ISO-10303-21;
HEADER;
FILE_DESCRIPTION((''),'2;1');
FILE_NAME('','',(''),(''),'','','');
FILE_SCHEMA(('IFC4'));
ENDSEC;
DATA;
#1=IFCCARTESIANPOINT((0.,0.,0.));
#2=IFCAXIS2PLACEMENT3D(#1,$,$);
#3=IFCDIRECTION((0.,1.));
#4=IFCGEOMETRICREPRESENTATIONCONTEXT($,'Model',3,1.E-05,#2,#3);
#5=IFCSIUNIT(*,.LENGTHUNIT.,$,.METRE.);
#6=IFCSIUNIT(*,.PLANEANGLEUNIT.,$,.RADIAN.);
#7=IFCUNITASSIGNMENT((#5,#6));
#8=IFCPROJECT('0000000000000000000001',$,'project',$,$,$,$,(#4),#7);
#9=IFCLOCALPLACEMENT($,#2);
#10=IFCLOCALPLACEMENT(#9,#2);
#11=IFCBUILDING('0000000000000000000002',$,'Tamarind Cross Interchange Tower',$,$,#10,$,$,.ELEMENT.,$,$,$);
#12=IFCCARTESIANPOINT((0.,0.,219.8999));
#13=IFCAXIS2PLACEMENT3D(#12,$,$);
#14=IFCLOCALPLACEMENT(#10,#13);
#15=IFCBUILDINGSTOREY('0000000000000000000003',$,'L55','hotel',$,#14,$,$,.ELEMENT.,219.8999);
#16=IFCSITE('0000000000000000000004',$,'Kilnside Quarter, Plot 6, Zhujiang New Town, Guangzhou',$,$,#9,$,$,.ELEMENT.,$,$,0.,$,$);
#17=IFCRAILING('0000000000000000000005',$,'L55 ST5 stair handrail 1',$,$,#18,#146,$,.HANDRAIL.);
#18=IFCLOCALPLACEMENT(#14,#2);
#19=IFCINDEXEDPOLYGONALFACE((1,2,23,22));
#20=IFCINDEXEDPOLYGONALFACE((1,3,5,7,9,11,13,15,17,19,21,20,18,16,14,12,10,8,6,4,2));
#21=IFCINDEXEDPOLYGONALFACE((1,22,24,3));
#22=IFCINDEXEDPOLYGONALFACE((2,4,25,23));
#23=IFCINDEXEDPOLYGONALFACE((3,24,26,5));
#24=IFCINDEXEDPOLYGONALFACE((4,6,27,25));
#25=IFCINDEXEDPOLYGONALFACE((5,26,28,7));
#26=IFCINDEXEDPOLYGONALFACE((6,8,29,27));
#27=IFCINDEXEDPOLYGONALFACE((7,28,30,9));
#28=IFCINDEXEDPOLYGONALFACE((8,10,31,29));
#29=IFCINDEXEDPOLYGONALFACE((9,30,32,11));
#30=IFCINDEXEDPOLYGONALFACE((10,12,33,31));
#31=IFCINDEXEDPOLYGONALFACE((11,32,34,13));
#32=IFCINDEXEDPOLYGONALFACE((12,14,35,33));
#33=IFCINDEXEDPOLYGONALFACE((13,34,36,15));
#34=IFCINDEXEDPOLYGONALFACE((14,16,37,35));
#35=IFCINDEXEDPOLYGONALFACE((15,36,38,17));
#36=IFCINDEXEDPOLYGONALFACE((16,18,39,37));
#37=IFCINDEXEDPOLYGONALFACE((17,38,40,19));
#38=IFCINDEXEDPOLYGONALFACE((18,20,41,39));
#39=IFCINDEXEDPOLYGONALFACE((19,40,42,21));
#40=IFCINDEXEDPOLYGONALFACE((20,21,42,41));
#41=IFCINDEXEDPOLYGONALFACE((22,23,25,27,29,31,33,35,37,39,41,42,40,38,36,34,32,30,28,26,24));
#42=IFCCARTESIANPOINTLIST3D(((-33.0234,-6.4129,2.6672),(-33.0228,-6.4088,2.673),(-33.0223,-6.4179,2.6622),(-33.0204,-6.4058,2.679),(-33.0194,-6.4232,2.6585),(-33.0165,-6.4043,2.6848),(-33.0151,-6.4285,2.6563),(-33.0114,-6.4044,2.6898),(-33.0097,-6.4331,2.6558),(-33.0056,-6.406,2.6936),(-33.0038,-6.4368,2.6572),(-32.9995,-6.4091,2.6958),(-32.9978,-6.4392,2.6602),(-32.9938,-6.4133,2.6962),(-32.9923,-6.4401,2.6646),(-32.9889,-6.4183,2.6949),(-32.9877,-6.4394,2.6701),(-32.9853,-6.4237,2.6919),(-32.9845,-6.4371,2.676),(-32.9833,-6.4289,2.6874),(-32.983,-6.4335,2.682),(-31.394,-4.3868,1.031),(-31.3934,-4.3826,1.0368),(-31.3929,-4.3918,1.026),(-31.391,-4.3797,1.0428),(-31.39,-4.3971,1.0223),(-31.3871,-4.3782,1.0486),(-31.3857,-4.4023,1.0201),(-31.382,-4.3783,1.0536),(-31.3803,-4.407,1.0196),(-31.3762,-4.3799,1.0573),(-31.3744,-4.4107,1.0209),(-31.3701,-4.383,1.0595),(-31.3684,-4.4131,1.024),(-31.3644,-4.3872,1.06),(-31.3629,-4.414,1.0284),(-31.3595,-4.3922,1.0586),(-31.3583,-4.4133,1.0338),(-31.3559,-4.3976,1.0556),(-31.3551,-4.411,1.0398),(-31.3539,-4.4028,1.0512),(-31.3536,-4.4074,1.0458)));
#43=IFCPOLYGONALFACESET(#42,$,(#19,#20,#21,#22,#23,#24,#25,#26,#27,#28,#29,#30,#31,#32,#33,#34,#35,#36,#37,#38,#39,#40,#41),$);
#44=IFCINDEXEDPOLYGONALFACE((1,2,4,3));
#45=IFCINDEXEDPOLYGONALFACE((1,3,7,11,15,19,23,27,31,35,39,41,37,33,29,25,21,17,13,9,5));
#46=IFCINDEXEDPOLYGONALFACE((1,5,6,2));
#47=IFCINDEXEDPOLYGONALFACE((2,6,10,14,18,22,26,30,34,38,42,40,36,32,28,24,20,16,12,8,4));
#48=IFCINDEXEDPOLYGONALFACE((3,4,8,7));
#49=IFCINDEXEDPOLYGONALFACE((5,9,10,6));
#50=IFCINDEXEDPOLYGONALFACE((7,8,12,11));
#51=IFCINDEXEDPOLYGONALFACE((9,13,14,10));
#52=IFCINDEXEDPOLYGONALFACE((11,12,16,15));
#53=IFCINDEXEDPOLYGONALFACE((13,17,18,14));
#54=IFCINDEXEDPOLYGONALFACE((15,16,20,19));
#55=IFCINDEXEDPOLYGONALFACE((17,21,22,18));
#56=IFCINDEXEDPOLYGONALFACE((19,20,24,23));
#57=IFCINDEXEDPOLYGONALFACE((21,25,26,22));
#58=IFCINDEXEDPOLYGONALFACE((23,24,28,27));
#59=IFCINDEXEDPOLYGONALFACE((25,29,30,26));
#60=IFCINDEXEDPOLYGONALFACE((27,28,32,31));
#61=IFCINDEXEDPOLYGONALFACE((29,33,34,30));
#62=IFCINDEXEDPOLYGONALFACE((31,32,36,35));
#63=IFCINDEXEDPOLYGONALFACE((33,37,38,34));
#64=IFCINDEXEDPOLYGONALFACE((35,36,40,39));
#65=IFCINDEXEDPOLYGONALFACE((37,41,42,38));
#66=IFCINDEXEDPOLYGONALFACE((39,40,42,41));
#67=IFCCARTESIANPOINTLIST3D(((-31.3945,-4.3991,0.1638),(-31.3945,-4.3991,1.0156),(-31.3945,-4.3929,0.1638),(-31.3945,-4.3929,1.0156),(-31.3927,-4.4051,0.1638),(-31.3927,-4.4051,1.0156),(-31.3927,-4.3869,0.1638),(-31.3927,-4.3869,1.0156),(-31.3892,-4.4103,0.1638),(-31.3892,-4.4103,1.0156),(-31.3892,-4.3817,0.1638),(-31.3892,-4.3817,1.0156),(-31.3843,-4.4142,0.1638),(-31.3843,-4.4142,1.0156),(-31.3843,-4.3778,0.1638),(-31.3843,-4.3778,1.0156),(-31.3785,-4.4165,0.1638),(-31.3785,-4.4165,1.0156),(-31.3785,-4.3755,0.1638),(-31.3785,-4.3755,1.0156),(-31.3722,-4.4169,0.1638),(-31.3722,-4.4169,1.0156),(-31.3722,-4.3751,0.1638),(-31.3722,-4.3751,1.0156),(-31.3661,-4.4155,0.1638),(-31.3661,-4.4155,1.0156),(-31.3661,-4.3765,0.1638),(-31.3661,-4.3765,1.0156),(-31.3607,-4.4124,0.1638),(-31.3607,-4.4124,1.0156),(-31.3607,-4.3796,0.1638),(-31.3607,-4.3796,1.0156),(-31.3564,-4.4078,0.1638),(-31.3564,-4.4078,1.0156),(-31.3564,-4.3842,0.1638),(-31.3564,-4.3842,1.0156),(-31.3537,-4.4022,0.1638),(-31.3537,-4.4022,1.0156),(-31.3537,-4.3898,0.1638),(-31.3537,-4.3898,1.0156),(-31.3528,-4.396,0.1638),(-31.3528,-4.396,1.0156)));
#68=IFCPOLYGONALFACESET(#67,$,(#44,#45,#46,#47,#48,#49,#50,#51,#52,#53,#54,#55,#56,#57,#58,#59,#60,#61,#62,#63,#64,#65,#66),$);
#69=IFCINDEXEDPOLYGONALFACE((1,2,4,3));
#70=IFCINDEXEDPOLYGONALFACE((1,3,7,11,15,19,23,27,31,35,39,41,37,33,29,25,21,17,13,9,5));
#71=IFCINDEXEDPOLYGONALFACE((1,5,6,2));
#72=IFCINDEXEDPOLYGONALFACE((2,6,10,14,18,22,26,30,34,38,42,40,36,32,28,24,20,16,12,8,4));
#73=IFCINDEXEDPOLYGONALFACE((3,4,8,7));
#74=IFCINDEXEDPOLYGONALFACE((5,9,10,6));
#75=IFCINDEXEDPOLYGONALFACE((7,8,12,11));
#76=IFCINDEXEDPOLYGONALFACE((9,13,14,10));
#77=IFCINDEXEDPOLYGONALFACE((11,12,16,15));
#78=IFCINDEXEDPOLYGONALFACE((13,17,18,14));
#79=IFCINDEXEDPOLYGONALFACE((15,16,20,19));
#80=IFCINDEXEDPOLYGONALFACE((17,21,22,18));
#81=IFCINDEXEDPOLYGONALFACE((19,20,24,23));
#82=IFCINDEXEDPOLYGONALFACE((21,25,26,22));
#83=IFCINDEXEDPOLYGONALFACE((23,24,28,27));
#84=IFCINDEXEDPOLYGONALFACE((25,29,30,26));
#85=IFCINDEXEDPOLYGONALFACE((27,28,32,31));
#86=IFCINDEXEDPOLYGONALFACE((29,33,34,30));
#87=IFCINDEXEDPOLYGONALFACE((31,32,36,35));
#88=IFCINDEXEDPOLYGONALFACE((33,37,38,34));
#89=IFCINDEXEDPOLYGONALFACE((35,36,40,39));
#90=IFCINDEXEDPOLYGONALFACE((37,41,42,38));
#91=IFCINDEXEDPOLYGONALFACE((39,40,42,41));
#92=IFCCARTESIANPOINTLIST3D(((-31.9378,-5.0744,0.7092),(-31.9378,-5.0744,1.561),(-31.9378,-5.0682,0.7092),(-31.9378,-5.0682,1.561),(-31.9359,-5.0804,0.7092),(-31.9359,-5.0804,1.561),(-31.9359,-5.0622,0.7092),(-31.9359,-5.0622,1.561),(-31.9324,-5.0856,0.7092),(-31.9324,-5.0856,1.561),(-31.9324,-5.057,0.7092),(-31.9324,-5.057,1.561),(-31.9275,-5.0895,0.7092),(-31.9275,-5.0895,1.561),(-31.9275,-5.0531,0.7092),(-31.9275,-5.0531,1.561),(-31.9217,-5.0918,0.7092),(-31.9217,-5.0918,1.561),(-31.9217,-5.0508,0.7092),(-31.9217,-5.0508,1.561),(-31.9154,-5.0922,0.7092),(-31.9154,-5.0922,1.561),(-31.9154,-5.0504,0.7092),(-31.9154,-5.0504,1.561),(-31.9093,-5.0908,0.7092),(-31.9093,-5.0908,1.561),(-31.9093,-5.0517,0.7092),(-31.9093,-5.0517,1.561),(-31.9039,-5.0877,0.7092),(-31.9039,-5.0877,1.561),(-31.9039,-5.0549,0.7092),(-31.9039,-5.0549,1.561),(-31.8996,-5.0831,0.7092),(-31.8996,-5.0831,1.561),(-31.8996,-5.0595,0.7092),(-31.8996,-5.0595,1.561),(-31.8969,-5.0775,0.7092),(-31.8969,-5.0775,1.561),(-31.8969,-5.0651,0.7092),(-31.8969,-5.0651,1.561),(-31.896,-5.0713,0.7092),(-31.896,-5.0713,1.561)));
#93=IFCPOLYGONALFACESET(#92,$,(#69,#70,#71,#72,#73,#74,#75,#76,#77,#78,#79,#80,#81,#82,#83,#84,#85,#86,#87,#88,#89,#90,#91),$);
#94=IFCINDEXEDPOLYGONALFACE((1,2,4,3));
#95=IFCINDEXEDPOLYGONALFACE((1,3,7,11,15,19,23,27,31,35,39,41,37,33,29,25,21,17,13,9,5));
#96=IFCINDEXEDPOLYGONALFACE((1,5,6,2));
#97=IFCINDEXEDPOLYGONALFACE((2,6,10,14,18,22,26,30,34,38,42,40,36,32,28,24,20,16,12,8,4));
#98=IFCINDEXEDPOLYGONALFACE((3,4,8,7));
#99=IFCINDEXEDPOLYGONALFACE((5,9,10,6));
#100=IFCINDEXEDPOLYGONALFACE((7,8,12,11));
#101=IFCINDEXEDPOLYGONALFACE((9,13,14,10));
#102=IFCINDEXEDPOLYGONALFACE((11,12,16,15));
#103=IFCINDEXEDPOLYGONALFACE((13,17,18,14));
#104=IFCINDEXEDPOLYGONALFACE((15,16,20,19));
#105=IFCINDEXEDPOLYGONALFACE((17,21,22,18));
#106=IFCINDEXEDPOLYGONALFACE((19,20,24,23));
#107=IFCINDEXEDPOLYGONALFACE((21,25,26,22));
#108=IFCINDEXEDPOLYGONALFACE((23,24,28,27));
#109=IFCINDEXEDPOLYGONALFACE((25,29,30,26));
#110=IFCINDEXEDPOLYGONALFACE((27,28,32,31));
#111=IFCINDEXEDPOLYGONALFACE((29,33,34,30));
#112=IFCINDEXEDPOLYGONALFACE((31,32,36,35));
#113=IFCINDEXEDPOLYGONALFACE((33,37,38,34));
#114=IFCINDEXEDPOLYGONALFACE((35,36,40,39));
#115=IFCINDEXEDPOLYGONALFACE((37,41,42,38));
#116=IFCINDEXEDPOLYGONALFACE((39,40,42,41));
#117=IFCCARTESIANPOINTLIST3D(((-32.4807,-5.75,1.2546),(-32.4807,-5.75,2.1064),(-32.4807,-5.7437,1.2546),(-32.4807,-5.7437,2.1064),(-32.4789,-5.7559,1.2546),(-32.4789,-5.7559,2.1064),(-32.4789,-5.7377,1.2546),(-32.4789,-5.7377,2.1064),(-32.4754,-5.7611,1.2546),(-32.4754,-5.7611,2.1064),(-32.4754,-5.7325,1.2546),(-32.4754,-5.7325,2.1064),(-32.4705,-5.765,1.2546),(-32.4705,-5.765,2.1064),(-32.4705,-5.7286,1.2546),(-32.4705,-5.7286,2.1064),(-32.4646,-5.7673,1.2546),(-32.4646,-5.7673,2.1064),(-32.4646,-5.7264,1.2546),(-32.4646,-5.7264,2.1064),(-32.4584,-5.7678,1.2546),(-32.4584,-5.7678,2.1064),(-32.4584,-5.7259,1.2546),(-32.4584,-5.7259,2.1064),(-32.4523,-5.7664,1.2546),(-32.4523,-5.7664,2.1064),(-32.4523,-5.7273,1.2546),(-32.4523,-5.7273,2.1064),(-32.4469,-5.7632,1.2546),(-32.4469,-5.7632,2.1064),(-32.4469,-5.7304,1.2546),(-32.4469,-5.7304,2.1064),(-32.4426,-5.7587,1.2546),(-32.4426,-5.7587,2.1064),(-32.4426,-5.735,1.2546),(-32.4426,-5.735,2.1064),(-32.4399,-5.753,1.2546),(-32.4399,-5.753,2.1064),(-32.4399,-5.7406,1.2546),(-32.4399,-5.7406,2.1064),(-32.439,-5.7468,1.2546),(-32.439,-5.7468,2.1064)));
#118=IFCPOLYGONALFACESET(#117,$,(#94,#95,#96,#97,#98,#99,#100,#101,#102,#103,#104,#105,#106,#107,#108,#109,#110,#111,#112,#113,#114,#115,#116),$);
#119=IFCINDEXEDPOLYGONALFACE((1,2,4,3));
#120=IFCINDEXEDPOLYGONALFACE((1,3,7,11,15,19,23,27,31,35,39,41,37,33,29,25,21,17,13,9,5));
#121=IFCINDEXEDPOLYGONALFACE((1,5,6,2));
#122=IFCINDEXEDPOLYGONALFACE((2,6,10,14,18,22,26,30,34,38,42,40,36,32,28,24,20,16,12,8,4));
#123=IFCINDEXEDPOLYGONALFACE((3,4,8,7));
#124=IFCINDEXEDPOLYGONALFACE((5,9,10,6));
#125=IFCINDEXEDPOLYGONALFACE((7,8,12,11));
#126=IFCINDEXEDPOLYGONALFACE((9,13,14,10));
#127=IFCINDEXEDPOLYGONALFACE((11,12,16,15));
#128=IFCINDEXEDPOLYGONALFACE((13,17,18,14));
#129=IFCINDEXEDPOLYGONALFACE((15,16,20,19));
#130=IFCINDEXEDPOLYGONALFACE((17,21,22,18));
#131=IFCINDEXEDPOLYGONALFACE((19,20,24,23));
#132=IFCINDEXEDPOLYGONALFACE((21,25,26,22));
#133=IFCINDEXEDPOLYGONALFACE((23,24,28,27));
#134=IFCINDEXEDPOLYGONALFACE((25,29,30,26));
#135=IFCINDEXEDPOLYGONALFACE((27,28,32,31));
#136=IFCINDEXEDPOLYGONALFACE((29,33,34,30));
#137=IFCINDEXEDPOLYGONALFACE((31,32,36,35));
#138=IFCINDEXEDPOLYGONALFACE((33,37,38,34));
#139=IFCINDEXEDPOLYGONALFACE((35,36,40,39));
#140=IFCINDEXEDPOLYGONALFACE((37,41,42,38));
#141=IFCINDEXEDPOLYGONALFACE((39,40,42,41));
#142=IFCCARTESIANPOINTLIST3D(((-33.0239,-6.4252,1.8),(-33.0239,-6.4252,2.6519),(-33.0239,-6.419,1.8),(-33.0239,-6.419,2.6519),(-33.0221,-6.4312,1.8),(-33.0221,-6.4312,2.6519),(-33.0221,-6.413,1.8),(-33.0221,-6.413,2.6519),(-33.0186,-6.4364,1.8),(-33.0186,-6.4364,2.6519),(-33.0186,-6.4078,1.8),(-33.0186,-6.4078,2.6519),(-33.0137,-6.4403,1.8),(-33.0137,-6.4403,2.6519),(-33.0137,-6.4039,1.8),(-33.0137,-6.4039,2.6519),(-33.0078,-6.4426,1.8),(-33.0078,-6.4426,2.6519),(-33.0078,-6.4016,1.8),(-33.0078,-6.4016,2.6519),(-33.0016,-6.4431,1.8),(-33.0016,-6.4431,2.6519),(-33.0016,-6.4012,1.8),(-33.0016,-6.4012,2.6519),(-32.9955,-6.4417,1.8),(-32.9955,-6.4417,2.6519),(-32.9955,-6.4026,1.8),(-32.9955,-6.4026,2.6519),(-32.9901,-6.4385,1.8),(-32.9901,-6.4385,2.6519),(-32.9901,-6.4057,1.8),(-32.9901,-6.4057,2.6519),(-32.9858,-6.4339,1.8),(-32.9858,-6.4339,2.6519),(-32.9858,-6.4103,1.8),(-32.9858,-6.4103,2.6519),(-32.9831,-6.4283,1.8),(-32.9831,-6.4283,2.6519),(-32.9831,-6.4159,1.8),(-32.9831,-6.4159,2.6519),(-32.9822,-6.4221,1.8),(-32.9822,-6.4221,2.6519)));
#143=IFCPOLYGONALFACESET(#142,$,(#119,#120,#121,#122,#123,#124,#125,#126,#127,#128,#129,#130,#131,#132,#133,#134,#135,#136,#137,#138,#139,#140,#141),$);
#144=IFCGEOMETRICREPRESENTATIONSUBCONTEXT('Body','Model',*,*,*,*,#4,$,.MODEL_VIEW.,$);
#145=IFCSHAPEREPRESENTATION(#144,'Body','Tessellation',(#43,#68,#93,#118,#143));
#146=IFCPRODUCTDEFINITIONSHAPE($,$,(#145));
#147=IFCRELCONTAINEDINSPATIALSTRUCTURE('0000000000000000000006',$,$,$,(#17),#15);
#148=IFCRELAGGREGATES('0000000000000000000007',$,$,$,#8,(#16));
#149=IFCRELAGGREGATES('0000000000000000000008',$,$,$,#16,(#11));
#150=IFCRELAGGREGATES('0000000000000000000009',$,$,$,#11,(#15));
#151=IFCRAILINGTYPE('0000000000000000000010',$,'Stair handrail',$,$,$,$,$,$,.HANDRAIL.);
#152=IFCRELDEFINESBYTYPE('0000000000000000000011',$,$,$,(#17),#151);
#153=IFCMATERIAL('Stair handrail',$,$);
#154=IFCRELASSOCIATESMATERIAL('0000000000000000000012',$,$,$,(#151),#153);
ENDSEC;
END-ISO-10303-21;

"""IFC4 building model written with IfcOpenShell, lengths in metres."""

from ifc_helpers import new_model, si_unit, direction, frame, origin, origin_2d, place, context, subcontext, project, spatial, circle, extrude, material, type_object, element, save


model = new_model("IFC4")

# Units and contexts
model_context = context("Model", 3, precision=1e-05, world=origin(), true_north=direction((0.0, 1.0)))
body_context = subcontext(model_context, "Body", "Model", "MODEL_VIEW")
ifc_project = project(units=[si_unit("LENGTHUNIT", "METRE"), si_unit("PLANEANGLEUNIT", "RADIAN")], contexts=[model_context])

# Site, building, storey
site_placement = place(None, origin())
site = spatial("IfcSite", under=ifc_project, at=site_placement, Name="Kilnside Quarter, Plot 6, Zhujiang New Town, Guangzhou", CompositionType="ELEMENT", RefElevation=0.0)
building_placement = place(site_placement, origin())
building = spatial("IfcBuilding", under=site, at=building_placement, Name="Tamarind Cross Interchange Tower", CompositionType="ELEMENT")
storey_placement = place(building_placement, frame((0.0, 0.0, 219.8999)))
storey = spatial("IfcBuildingStorey", under=building, at=storey_placement, Name="L55", Description="hotel", CompositionType="ELEMENT", Elevation=219.8999)

# Railing
ifc_material_1 = material(Name="Stair handrail")
railing_type_1 = type_object("IfcRailingType", Name="Stair handrail", PredefinedType="HANDRAIL", material=ifc_material_1)
railing_1_placement = place(storey_placement, frame((-31.3738, -4.396, 0.1638)))
element("IfcRailing", 1, at=railing_1_placement, inside=storey, type_object=railing_type_1, Name="L55 ST5 stair handrail 1", PredefinedType="HANDRAIL", context=body_context, shape_type="SweptSolid", body=[
    extrude(circle(Radius=0.0239, at=origin_2d()), frame((0.0, 0.0, 0.876), z_axis=(-0.530397, -0.659539, 0.532622), x_axis=(0.779272, -0.626686, 0.0)), (0.0, 0.0, 1.0), 3.072),
    extrude(circle(Radius=0.021, at=origin_2d()), origin(), (0.0, 0.0, 1.0), 0.8518),
    extrude(circle(Radius=0.021, at=origin_2d()), frame((-0.5432, -0.6753, 0.5454)), (0.0, 0.0, 1.0), 0.8518),
    extrude(circle(Radius=0.021, at=origin_2d()), frame((-1.0862, -1.3508, 1.0908)), (0.0, 0.0, 1.0), 0.8518),
    extrude(circle(Radius=0.021, at=origin_2d()), frame((-1.6294, -2.0261, 1.6362)), (0.0, 0.0, 1.0), 0.8518),
])

save(model, "model.ifc")
